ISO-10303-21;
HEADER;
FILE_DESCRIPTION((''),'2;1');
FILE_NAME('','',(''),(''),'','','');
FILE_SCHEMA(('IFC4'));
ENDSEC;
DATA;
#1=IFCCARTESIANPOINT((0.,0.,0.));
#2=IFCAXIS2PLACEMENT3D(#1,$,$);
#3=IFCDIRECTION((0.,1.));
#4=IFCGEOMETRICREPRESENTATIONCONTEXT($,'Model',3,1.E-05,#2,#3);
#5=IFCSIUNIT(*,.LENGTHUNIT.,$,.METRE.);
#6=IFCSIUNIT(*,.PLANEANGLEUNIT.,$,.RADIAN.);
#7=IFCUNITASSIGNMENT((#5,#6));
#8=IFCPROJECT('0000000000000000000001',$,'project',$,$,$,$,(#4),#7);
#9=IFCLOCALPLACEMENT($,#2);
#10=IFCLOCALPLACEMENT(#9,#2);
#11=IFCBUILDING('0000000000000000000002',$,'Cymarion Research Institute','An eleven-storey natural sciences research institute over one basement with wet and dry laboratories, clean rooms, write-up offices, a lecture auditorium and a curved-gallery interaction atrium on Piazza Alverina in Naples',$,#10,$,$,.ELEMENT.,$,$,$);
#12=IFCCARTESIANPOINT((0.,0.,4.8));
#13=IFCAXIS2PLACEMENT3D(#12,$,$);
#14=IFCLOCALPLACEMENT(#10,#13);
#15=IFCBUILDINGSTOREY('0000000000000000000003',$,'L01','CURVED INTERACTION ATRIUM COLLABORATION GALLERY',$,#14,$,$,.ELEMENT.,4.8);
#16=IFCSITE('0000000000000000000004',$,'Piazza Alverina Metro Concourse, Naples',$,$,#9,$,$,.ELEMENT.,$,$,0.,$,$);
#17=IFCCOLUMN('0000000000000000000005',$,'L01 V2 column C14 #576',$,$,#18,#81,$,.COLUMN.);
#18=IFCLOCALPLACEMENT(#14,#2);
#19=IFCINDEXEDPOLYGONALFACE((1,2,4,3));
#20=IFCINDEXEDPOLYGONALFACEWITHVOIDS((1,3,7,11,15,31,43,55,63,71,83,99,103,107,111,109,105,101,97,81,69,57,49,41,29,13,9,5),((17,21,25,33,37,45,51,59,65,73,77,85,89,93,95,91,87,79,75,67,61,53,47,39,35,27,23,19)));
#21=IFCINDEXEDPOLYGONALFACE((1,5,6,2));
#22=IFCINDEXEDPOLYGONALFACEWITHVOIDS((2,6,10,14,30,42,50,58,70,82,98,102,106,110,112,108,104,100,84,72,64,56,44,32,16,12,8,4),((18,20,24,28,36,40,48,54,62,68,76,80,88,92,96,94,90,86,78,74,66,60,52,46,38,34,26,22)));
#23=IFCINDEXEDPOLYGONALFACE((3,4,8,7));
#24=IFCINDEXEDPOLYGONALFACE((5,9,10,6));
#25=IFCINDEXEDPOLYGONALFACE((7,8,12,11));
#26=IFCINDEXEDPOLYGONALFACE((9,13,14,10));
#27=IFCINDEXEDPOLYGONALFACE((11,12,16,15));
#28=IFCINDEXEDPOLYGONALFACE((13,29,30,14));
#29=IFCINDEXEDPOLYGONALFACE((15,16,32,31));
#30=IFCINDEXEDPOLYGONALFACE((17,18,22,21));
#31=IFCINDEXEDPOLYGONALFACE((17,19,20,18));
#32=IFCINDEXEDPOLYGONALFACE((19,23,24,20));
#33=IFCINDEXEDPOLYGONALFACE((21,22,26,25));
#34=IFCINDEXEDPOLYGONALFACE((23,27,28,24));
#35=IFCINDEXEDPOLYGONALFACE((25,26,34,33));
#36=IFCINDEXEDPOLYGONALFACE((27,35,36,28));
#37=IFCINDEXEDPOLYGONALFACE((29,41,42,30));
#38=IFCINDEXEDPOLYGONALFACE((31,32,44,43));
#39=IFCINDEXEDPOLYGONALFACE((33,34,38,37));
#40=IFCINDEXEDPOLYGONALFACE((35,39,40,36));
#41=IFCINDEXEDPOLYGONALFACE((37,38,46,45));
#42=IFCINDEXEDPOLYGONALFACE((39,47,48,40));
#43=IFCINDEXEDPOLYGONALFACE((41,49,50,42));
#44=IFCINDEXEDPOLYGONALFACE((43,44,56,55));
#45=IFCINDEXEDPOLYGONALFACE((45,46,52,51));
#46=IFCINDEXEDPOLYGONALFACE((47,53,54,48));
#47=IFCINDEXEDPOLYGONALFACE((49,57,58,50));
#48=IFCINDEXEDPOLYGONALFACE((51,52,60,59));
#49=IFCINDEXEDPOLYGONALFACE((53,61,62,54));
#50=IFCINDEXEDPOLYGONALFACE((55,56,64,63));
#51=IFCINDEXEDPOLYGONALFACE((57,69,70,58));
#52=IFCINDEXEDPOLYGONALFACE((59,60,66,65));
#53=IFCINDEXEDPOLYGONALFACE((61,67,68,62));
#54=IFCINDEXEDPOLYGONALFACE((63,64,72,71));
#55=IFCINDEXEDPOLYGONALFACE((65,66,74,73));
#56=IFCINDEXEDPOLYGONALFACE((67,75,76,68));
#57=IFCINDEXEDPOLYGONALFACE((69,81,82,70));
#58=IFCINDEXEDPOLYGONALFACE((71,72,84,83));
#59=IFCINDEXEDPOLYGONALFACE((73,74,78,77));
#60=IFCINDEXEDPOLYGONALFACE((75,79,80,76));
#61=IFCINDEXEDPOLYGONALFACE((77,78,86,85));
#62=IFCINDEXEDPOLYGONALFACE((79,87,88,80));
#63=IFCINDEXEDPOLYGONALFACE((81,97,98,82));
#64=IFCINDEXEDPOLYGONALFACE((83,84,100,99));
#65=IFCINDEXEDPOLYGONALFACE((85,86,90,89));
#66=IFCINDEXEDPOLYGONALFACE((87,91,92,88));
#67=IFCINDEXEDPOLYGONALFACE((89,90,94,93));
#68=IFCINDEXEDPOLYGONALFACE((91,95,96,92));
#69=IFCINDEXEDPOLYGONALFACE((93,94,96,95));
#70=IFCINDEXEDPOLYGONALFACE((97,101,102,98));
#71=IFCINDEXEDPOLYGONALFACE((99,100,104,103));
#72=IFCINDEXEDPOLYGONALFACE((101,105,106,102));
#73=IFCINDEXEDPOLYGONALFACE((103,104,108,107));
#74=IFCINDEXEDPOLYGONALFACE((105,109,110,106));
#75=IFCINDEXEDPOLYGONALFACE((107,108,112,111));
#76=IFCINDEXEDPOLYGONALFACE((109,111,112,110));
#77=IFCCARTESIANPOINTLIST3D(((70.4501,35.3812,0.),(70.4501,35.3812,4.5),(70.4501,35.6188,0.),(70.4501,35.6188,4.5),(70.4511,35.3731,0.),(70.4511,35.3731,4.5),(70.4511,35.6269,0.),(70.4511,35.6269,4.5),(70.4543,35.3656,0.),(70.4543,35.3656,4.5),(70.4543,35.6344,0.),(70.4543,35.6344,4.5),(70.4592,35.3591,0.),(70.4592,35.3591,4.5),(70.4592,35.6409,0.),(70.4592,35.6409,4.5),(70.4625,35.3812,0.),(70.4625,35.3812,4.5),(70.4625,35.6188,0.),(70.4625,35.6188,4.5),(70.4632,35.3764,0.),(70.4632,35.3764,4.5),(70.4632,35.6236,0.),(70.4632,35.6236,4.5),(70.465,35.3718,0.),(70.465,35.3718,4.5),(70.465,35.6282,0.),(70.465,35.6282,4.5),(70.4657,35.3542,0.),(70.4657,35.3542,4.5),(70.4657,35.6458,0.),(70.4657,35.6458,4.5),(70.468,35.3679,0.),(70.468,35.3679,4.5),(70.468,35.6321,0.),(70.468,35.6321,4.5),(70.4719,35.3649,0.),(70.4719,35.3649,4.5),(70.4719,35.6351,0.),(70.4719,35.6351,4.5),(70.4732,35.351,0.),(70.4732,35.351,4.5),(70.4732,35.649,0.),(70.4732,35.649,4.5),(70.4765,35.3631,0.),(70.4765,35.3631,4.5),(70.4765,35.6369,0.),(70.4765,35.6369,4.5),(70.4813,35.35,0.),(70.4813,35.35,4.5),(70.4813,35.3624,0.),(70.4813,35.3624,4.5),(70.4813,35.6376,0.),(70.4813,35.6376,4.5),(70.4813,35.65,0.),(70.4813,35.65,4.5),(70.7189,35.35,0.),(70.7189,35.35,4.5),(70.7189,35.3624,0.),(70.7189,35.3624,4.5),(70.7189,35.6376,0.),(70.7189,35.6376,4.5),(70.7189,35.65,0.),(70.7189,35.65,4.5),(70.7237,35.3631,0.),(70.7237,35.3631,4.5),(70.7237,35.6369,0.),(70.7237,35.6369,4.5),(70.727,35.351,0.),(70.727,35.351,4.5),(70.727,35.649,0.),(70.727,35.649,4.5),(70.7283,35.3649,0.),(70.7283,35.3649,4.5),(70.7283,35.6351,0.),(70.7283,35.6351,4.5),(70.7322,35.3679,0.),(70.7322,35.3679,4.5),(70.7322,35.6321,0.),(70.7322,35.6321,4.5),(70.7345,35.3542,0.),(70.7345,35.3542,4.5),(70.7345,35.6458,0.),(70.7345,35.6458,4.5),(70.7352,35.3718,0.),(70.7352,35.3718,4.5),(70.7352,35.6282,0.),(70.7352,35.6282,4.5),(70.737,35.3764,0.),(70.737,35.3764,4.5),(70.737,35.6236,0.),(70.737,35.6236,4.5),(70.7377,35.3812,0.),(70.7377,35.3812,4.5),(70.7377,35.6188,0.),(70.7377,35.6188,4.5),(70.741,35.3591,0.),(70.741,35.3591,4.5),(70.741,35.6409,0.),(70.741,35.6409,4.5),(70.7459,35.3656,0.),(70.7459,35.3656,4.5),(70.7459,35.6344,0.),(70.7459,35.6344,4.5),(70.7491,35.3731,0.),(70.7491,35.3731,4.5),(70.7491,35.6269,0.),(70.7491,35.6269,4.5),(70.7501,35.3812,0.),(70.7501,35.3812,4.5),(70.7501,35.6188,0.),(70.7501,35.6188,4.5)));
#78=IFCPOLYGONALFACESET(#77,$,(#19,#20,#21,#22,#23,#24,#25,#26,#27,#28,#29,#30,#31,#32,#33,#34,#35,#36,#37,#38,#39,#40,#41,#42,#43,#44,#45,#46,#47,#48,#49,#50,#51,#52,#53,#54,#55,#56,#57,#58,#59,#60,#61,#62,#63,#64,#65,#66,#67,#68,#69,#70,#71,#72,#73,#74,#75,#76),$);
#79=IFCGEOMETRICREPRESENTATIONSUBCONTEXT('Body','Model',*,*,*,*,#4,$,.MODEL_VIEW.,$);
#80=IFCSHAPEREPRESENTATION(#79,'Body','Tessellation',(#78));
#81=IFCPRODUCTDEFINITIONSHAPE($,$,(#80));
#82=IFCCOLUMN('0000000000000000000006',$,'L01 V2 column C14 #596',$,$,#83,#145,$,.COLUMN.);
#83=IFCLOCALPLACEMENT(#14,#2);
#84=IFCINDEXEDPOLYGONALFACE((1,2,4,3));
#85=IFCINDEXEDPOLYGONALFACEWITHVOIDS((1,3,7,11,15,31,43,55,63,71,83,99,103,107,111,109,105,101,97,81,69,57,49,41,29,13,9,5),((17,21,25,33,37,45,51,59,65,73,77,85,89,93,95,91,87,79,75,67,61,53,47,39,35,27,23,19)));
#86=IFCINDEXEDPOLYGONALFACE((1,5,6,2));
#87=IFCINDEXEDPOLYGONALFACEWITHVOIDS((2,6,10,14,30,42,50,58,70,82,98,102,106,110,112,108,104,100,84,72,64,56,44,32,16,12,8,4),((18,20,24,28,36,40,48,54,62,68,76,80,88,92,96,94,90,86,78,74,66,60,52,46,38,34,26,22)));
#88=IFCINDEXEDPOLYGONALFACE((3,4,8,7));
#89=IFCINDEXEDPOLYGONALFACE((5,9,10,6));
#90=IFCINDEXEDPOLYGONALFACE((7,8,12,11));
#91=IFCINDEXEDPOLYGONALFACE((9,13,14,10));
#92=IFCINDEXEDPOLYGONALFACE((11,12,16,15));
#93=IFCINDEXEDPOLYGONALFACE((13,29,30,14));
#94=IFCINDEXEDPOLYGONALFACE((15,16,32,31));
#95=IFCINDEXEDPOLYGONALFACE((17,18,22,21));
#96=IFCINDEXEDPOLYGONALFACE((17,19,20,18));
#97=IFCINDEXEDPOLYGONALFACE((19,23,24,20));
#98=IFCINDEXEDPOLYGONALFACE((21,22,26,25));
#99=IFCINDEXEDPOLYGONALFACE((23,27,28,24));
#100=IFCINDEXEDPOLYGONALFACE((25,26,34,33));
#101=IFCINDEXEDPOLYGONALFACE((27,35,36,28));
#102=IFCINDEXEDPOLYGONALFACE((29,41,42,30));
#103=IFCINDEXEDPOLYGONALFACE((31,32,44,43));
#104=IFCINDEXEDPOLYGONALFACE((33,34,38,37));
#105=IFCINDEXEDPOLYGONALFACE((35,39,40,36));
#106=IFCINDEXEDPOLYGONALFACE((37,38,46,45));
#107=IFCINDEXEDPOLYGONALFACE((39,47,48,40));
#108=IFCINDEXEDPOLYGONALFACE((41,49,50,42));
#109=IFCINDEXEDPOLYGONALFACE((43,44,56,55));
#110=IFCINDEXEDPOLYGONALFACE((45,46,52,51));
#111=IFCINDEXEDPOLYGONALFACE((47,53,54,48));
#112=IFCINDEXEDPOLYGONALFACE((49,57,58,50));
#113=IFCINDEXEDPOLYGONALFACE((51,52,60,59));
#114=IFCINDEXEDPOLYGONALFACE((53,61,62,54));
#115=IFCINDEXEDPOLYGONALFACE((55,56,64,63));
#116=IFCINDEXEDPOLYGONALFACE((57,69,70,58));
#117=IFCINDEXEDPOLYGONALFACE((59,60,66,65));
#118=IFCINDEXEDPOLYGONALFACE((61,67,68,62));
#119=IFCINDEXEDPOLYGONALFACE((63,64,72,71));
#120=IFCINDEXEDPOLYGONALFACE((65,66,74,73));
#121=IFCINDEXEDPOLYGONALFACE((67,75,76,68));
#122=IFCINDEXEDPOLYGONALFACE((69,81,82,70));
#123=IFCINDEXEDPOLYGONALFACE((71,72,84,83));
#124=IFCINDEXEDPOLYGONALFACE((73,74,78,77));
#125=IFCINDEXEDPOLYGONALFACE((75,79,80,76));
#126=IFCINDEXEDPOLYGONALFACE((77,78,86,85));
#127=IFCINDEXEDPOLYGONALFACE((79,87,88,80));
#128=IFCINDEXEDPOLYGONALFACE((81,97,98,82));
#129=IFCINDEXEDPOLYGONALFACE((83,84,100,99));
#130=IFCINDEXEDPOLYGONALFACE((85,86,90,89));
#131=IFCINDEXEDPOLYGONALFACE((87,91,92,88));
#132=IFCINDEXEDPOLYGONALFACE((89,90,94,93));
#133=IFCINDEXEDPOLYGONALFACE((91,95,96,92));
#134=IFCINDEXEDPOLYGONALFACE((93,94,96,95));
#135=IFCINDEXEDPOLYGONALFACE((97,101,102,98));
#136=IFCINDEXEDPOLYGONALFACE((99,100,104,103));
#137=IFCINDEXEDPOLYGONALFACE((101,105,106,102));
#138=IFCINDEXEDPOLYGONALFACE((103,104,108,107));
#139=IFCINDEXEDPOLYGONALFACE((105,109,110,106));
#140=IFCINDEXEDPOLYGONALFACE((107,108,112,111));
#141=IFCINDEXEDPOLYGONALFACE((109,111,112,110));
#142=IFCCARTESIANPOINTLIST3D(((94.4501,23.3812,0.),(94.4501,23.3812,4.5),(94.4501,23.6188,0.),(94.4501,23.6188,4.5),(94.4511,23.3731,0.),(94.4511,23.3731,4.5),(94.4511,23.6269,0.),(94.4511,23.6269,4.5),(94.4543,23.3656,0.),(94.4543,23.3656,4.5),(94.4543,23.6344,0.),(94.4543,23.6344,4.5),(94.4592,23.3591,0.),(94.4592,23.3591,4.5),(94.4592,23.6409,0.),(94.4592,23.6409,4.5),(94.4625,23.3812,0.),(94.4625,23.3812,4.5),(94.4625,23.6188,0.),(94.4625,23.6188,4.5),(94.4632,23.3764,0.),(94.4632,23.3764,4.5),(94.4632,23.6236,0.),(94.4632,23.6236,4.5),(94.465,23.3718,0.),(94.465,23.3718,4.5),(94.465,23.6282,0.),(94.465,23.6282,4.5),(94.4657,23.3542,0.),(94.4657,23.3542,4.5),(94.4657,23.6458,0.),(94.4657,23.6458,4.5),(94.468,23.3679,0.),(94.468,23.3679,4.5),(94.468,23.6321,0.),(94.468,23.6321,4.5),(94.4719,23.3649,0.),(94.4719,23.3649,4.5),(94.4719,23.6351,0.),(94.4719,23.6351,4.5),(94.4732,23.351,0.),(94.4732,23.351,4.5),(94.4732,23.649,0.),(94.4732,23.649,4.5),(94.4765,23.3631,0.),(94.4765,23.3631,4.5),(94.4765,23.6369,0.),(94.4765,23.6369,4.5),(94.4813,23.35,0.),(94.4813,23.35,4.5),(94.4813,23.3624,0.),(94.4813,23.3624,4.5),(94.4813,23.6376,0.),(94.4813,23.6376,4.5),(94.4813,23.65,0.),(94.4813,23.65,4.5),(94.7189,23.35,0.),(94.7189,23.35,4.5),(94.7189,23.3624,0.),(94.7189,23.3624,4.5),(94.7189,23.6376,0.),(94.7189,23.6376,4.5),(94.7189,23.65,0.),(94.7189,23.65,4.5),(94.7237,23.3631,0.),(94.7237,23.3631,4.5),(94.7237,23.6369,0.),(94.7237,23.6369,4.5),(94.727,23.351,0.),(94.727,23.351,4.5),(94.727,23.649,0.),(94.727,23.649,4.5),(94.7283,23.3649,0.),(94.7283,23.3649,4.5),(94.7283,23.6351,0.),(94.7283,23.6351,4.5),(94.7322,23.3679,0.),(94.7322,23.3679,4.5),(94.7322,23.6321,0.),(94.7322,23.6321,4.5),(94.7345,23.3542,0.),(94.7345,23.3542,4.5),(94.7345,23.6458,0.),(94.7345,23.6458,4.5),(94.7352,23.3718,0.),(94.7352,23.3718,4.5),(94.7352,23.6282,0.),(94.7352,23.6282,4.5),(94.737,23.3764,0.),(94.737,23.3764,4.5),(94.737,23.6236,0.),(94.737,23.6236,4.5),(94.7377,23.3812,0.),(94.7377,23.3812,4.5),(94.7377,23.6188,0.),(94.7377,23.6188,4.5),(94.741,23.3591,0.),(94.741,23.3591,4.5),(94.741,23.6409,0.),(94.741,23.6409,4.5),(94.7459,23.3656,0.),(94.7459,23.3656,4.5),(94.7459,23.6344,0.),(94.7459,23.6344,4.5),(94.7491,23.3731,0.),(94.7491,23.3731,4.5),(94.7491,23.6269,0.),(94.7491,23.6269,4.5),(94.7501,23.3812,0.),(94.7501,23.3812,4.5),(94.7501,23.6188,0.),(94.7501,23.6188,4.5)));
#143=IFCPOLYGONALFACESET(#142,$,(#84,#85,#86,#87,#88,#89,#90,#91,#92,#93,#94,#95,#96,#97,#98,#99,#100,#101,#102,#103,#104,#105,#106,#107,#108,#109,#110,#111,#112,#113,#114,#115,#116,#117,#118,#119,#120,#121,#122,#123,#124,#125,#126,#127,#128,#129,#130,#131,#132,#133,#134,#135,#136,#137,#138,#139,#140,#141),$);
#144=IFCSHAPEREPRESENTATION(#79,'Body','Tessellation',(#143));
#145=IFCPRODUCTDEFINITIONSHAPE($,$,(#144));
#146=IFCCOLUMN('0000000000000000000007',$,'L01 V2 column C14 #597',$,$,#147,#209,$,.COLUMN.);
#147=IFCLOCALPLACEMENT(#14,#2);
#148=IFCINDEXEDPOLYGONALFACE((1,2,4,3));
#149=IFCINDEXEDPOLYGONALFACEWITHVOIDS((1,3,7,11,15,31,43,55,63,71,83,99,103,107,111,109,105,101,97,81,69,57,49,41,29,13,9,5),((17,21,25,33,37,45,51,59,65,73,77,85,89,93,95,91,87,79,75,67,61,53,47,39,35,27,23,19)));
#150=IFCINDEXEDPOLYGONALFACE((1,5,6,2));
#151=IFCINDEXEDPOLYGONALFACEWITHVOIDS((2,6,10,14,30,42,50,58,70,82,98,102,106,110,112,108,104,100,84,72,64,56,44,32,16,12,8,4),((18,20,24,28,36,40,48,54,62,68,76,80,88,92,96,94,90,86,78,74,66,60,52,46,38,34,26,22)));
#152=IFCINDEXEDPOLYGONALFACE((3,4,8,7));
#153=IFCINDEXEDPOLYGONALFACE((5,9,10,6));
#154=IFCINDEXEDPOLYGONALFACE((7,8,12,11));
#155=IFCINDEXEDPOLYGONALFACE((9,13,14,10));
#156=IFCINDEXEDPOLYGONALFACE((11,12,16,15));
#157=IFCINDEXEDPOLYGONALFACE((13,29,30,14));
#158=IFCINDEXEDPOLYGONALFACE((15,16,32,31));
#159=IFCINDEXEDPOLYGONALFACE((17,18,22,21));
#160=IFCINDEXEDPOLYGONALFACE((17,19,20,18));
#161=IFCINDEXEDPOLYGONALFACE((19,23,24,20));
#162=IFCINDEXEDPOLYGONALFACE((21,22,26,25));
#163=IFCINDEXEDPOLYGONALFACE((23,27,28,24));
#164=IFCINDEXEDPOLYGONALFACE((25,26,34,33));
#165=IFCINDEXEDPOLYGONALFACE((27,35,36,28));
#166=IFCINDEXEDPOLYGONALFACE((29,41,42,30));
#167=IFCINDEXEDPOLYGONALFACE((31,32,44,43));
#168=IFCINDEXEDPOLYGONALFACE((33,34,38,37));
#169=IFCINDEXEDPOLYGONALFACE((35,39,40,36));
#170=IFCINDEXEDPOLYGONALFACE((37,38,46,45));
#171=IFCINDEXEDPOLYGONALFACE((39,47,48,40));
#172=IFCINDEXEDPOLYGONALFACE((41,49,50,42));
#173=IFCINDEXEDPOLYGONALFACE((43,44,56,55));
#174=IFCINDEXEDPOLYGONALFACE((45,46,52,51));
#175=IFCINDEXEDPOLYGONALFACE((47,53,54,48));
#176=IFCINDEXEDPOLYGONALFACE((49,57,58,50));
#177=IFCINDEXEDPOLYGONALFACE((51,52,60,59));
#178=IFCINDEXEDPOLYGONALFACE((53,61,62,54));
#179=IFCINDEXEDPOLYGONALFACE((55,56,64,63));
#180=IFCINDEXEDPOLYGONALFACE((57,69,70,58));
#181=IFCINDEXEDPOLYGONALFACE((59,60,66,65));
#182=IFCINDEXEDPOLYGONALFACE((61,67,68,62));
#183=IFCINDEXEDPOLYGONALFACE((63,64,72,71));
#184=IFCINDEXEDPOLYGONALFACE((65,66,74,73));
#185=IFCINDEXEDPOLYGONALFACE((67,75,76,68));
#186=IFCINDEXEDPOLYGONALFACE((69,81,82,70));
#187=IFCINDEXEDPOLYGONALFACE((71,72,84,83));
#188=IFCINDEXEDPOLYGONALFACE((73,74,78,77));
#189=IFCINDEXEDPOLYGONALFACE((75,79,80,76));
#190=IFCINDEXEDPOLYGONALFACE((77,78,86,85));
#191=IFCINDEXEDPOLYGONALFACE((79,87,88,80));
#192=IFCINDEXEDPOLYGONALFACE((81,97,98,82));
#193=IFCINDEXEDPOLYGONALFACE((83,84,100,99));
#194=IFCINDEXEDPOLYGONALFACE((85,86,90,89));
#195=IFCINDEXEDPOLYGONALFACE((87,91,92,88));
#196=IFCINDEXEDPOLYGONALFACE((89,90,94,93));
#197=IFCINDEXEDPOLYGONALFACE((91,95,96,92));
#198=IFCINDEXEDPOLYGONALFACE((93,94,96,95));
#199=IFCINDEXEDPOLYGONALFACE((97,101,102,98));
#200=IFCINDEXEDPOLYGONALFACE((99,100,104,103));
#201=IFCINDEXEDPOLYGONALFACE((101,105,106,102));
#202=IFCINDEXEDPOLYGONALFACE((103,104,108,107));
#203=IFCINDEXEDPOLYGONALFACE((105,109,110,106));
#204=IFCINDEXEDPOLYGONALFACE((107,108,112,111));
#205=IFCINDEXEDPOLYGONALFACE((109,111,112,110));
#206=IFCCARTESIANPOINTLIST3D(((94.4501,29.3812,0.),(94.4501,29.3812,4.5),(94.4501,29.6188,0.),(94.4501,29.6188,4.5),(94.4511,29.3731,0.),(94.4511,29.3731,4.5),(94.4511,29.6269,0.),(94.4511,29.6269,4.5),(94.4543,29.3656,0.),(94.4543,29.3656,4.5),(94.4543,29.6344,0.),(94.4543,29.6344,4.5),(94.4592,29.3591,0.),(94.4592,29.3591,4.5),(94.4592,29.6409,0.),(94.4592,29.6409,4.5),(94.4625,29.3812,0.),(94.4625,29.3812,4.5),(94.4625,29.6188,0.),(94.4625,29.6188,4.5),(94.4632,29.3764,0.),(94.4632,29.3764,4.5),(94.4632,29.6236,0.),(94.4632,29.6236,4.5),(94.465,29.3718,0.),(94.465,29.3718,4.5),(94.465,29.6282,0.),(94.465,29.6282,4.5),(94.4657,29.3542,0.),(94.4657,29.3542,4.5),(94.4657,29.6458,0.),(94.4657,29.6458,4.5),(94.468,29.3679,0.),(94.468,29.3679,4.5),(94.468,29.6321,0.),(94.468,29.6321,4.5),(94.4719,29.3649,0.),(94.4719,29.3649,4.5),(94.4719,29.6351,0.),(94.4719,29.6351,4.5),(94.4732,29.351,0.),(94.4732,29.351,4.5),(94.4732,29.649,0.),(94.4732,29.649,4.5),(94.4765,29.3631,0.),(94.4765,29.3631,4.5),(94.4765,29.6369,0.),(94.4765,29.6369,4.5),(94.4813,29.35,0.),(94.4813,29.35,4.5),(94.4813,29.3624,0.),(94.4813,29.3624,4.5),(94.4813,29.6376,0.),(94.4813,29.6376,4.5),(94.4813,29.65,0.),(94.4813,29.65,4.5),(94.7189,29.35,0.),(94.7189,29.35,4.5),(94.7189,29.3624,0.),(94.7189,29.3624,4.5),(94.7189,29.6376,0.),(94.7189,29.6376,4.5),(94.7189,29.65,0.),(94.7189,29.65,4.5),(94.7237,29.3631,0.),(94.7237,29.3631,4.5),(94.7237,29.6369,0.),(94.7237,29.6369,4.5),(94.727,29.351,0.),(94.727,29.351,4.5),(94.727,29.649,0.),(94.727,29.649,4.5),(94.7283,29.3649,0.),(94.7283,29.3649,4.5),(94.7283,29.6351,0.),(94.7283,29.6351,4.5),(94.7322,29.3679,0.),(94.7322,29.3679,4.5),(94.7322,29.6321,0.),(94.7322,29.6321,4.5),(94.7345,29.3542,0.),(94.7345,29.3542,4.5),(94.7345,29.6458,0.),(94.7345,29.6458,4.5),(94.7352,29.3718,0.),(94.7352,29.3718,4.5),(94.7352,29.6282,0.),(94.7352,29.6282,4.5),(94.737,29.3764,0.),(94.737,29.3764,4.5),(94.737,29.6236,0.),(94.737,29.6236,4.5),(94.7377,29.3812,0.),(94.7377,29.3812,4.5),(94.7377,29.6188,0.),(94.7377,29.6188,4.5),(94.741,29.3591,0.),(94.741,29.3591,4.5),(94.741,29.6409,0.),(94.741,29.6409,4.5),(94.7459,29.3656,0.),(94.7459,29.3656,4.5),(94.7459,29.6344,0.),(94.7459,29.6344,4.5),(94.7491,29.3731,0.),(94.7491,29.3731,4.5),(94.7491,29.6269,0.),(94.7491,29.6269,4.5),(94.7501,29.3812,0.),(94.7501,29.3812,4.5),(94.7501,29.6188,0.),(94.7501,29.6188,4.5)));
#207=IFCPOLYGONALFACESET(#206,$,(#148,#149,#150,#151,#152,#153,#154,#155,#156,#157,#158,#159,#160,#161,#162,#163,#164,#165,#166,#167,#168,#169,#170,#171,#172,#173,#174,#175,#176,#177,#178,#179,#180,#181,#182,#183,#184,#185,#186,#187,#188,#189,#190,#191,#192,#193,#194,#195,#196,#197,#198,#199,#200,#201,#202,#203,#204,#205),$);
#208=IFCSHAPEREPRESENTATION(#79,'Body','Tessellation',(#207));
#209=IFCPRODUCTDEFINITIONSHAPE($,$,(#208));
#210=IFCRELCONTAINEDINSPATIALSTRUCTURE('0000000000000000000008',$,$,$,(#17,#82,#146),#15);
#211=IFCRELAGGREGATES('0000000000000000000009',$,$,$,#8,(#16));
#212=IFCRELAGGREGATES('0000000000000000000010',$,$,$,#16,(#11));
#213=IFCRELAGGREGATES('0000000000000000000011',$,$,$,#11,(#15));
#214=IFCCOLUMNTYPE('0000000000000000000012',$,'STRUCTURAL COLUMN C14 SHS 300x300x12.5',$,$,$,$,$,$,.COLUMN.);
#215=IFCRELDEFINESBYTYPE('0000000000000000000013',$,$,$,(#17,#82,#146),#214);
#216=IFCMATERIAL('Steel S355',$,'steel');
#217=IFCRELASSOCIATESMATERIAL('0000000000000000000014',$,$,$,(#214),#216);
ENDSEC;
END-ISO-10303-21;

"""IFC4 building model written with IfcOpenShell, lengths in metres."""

from ifc_helpers import new_model, si_unit, direction, frame, origin, origin_2d, place, context, subcontext, project, spatial, hollow_rectangle, extrude, material, material_profile, profile_set, type_object, element, save


model = new_model("IFC4")

# Units and contexts
model_context = context("Model", 3, precision=1e-05, world=origin(), true_north=direction((0.0, 1.0)))
body_context = subcontext(model_context, "Body", "Model", "MODEL_VIEW")
ifc_project = project(units=[si_unit("LENGTHUNIT", "METRE"), si_unit("PLANEANGLEUNIT", "RADIAN")], contexts=[model_context])

# Site, building, storey
site_placement = place(None, origin())
site = spatial("IfcSite", under=ifc_project, at=site_placement, Name="Piazza Alverina Metro Concourse, Naples", CompositionType="ELEMENT", RefElevation=0.0)
building_placement = place(site_placement, origin())
building = spatial("IfcBuilding", under=site, at=building_placement, Name="Cymarion Research Institute", Description="An eleven-storey natural sciences research institute over one basement with wet and dry laboratories, clean rooms, write-up offices, a lecture auditorium and a curved-gallery interaction atrium on Piazza Alverina in Naples", CompositionType="ELEMENT")
storey_placement = place(building_placement, frame((0.0, 0.0, 4.8)))
storey = spatial("IfcBuildingStorey", under=building, at=storey_placement, Name="L01", Description="CURVED INTERACTION ATRIUM COLLABORATION GALLERY", CompositionType="ELEMENT", Elevation=4.8)

# Columns
ifc_material_1 = material(Name="Steel S355", Category="steel")
ifc_material_profile_1 = material_profile(ifc_material_1, hollow_rectangle(XDim=0.3, YDim=0.3, WallThickness=0.0125, InnerFilletRadius=0.0188, OuterFilletRadius=0.0312, at=origin_2d()), Name="SHS 300x300x12.5")
ifc_profile_set_1 = profile_set([ifc_material_profile_1], Name="Steel S355")
column_type = type_object("IfcColumnType", Name="STRUCTURAL COLUMN C14 SHS 300x300x12.5", PredefinedType="COLUMN", material=ifc_profile_set_1)
for number, where, z_axis, x_axis, name in (
    (1, (70.6001, 35.5, 0.0), (0.0, 0.0, 1.0), (1.0, 0.0, 0.0), "L01 V2 column C14 #576"),
    (2, (94.6001, 23.5, 0.0), (0.0, 0.0, 1.0), (1.0, 0.0, 0.0), "L01 V2 column C14 #596"),
    (3, (94.6001, 29.5, 0.0), (0.0, 0.0, 1.0), (1.0, 0.0, 0.0), "L01 V2 column C14 #597"),
):
    element("IfcColumn", number, at=place(storey_placement, frame(where, z_axis=z_axis, x_axis=x_axis)), inside=storey, type_object=column_type, Name=name, PredefinedType="COLUMN", context=body_context, shape_type="SweptSolid", body=[
        extrude(hollow_rectangle(XDim=0.3, YDim=0.3, WallThickness=0.0125, InnerFilletRadius=0.0188, OuterFilletRadius=0.0312, at=origin_2d()), origin(), (0.0, 0.0, 1.0), 4.5),
    ])

save(model, "model.ifc")
